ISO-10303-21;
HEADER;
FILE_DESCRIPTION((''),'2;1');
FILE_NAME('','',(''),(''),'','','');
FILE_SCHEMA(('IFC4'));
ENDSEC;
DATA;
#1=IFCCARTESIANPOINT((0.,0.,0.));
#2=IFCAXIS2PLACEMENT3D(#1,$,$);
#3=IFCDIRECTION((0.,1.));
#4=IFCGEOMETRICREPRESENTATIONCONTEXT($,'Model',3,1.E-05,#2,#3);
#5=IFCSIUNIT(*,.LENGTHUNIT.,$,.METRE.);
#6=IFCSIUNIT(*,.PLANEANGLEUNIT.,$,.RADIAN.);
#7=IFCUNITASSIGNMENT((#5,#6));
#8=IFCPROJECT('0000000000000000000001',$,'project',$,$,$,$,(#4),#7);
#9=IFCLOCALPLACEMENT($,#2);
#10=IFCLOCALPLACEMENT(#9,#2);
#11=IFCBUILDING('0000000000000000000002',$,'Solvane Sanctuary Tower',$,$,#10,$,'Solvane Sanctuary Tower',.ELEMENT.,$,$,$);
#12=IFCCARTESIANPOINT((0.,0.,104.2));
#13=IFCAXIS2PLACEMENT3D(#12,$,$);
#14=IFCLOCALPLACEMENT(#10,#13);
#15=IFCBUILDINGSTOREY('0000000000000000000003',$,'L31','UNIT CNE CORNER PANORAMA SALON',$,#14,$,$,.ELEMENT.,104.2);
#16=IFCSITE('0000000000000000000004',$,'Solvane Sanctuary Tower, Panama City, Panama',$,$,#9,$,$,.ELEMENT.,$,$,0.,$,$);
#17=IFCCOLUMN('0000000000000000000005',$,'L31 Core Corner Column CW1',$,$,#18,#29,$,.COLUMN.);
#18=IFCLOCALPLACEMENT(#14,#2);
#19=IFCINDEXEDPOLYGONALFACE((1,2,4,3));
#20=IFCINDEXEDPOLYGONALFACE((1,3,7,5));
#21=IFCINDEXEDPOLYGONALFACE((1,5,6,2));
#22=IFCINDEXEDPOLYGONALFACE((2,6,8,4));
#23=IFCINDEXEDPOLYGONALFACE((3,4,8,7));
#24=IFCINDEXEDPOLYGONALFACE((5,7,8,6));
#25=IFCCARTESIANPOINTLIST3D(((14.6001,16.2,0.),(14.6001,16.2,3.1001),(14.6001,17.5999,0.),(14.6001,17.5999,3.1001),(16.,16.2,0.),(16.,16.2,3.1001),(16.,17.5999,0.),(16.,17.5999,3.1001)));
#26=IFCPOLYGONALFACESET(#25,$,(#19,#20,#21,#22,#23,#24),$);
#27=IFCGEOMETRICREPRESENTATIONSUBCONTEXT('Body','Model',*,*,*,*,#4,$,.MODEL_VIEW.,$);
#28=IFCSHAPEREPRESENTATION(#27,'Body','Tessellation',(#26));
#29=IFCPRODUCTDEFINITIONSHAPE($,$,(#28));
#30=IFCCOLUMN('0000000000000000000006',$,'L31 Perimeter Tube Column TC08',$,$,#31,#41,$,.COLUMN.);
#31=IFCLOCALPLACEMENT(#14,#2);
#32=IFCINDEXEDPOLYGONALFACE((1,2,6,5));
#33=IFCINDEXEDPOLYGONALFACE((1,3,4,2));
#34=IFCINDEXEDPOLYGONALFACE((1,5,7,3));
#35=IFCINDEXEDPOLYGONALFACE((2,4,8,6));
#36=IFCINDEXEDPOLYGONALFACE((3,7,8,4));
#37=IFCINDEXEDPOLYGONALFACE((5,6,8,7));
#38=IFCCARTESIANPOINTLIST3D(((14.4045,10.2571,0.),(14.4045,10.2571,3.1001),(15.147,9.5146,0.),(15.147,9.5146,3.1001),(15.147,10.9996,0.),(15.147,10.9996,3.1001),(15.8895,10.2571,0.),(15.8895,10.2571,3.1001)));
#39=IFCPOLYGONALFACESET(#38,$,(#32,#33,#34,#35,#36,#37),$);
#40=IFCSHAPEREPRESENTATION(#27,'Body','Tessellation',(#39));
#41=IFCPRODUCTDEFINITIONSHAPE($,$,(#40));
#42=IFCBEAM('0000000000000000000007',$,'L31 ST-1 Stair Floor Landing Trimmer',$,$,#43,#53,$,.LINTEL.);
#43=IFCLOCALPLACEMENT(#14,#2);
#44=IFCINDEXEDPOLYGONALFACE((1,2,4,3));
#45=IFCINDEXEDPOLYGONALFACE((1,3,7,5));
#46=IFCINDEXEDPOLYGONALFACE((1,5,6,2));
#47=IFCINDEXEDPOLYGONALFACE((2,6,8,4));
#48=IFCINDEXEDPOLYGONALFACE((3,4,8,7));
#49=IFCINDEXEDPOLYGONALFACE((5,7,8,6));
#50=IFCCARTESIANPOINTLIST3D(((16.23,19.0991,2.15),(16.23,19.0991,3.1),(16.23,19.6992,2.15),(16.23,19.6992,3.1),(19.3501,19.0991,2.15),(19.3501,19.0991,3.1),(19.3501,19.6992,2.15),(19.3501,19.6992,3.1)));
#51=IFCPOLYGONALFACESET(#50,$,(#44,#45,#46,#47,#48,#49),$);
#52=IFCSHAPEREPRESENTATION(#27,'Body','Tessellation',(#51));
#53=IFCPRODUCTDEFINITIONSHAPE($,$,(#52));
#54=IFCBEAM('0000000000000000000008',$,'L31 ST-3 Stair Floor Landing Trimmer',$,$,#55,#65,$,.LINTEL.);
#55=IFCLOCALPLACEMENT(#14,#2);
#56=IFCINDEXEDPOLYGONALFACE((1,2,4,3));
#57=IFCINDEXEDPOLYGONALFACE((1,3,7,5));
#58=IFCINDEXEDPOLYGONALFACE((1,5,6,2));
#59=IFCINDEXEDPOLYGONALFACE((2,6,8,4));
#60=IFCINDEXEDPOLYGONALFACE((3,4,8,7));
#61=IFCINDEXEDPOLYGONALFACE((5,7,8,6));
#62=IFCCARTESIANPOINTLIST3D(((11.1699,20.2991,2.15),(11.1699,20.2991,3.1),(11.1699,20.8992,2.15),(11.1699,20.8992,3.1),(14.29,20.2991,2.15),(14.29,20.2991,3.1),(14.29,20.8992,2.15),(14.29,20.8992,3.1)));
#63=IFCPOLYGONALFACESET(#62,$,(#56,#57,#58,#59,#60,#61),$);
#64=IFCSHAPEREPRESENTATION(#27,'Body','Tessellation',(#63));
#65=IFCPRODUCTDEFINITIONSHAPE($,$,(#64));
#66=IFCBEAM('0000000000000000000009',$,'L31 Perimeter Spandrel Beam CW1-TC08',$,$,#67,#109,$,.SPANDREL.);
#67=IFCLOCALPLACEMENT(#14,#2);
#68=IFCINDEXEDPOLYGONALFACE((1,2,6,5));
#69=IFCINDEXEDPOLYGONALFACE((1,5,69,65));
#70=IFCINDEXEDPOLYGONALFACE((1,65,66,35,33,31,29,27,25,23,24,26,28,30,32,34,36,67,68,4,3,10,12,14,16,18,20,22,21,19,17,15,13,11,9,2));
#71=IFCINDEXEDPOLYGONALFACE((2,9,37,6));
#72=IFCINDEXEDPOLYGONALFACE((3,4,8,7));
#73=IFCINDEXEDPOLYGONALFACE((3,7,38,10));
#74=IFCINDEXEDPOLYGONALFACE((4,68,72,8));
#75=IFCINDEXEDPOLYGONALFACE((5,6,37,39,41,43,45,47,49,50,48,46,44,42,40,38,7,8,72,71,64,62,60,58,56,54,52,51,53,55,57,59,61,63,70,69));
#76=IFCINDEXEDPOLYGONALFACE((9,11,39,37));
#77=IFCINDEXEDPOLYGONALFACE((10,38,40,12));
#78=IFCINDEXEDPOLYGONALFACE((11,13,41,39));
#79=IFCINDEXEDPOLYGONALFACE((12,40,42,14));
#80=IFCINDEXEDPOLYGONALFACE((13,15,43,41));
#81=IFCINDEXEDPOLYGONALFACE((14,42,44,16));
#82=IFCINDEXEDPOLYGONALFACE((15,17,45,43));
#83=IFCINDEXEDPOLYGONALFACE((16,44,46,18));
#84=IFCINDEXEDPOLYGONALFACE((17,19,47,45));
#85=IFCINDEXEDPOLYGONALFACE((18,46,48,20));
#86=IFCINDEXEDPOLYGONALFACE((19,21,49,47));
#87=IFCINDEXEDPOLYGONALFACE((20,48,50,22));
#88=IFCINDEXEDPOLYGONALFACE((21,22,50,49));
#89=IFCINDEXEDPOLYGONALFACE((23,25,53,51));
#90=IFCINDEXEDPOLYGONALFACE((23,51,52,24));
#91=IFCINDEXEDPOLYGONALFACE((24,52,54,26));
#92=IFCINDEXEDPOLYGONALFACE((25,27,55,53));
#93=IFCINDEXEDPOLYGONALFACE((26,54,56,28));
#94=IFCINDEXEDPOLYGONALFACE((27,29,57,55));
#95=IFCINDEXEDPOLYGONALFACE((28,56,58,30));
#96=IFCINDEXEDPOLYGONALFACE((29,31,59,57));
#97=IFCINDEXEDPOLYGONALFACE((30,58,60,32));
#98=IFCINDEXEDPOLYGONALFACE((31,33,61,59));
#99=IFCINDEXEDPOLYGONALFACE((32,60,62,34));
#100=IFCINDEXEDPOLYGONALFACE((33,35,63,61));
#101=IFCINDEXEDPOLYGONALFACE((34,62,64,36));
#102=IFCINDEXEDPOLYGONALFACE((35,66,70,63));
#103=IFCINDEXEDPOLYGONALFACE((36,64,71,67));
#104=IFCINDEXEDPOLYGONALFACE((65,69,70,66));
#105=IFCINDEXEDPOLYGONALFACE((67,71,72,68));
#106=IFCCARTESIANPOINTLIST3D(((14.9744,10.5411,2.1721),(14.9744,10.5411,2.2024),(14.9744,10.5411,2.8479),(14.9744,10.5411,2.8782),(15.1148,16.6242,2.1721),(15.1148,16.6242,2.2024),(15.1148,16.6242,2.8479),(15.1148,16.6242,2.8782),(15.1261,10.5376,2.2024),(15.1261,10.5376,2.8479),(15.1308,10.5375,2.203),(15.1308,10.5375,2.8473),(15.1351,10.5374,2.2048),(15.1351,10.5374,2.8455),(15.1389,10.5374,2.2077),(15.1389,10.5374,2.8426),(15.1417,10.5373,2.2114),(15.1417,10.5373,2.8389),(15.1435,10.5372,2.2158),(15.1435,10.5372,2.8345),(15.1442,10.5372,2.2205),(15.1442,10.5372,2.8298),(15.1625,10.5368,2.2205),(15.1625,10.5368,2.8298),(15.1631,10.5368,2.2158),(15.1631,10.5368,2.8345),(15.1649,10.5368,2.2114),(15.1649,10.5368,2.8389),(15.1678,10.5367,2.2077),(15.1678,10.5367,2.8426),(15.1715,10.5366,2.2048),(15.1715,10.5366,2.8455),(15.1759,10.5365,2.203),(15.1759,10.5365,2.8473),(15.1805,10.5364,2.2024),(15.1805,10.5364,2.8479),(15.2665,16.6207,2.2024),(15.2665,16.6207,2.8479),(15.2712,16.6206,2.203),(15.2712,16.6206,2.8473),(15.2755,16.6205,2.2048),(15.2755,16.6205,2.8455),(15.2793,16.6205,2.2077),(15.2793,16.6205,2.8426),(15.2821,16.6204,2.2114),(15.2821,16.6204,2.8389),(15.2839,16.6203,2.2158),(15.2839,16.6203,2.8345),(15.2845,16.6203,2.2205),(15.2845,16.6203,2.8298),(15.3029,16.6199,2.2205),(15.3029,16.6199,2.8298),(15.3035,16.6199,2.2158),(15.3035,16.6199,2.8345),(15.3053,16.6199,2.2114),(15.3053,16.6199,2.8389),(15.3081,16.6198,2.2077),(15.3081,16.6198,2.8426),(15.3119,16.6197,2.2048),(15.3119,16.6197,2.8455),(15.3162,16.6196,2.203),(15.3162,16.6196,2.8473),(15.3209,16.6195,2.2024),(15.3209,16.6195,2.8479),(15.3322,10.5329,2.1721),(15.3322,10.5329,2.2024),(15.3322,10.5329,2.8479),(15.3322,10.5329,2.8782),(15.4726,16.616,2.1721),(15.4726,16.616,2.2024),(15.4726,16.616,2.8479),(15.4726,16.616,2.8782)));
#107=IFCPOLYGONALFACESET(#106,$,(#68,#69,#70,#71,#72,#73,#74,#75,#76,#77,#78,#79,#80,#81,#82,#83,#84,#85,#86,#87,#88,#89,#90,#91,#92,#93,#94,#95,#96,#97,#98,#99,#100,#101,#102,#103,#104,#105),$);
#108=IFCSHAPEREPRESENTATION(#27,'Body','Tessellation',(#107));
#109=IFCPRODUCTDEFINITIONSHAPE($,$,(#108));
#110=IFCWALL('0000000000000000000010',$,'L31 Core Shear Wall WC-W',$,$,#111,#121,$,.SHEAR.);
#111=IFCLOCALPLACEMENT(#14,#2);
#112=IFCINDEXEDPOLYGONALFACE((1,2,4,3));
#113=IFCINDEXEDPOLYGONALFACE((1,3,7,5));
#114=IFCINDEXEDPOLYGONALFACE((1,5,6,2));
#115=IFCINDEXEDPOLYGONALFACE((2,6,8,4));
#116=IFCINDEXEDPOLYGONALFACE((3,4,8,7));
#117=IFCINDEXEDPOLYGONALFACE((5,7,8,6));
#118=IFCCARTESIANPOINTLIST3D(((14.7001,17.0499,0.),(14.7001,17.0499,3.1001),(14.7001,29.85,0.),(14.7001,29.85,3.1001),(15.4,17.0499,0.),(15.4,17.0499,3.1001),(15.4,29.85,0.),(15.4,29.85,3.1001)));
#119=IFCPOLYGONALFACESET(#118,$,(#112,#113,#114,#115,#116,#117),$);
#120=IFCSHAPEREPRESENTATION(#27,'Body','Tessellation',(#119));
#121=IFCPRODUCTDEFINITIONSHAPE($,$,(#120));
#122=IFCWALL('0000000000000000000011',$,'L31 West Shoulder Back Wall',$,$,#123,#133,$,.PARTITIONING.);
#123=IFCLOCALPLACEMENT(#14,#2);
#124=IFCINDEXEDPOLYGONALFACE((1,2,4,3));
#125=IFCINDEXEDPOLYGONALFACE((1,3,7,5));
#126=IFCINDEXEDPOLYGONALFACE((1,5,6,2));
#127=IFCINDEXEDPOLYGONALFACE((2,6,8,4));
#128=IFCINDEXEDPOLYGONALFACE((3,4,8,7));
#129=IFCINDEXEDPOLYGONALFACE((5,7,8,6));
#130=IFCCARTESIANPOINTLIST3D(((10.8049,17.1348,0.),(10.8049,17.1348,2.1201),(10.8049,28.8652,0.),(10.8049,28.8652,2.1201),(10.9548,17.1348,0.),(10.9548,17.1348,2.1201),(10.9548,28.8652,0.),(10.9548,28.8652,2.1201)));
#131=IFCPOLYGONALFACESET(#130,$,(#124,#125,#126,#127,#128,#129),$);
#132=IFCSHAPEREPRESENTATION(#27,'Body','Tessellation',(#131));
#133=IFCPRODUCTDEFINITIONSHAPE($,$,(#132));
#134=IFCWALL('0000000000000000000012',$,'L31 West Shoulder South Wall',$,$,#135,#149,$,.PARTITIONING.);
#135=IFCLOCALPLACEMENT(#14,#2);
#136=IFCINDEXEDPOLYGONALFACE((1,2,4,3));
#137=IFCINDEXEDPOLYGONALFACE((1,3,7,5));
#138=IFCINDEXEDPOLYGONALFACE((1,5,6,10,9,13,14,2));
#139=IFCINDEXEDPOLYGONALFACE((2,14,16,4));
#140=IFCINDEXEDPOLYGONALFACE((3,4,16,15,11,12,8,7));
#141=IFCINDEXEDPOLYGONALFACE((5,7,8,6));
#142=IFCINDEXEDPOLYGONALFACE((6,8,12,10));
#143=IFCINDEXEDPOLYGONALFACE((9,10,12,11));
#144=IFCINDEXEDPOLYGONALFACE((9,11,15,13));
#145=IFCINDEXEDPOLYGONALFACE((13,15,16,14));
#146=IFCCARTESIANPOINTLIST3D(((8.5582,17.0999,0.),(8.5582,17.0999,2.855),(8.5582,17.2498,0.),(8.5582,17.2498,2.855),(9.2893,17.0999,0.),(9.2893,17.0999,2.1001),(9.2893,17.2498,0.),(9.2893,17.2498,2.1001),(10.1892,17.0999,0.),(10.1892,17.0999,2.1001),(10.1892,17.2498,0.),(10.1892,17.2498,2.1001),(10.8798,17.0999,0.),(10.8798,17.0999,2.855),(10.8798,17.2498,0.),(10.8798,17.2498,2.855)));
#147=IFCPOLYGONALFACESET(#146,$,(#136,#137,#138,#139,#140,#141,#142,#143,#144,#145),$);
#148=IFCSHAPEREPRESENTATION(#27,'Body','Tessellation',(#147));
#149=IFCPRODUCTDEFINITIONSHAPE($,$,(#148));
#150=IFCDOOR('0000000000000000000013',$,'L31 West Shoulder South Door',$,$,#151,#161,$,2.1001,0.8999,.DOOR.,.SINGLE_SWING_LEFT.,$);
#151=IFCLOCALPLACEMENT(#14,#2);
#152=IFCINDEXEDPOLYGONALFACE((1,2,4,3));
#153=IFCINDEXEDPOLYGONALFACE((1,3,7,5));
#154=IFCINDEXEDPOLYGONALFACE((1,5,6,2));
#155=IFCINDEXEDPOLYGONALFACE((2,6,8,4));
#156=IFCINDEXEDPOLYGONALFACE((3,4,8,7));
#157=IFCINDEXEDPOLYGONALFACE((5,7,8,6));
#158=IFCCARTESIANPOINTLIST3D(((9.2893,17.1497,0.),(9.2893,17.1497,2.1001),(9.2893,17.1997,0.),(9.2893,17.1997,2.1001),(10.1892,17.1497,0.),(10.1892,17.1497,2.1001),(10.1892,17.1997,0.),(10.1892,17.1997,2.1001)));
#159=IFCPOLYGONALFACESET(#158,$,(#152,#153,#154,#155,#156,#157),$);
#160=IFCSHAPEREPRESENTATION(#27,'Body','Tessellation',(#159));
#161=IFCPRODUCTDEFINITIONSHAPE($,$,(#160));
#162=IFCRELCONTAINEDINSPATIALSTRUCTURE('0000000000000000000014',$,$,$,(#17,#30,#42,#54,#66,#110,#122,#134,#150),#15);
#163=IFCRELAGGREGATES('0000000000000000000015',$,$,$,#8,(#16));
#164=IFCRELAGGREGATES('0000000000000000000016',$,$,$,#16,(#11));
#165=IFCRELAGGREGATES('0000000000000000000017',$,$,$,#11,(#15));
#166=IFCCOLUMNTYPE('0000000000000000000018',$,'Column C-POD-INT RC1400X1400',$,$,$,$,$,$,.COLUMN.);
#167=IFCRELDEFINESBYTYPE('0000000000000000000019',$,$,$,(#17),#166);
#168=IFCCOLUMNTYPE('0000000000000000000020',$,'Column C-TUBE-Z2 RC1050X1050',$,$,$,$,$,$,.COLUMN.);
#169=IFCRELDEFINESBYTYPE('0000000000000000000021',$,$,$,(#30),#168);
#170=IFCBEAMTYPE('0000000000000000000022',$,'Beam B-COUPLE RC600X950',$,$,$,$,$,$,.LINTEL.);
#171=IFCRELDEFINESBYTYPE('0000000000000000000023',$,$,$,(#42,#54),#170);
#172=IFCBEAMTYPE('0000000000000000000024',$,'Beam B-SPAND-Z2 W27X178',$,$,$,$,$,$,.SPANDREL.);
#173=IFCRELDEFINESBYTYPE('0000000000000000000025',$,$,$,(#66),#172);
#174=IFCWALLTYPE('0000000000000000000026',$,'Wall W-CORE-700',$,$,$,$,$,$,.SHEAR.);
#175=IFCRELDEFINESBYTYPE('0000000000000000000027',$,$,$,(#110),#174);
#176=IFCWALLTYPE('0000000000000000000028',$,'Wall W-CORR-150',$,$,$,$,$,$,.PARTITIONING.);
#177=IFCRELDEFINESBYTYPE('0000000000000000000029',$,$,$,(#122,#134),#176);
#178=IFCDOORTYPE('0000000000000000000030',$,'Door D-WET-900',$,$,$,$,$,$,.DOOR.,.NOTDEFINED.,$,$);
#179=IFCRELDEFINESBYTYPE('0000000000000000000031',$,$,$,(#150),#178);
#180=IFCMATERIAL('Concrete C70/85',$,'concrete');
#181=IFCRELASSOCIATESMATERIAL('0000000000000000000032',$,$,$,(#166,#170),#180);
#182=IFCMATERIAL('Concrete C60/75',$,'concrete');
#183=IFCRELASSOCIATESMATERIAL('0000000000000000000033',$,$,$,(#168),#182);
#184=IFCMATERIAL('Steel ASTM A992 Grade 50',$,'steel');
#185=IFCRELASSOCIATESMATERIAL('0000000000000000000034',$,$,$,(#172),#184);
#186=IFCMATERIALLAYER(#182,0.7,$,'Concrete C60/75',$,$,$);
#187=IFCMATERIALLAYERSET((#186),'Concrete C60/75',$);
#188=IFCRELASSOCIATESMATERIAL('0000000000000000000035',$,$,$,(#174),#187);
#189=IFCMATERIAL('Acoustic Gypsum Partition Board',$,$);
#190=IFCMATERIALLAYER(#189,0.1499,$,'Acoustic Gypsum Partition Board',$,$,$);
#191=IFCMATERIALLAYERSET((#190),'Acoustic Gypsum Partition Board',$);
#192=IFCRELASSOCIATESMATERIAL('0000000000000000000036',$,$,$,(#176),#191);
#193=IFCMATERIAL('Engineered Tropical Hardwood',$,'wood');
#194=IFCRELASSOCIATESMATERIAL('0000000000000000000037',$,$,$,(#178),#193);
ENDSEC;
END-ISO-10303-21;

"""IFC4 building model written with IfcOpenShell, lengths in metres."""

from ifc_helpers import new_model, si_unit, direction, frame, frame_2d, origin, origin_2d, place, context, subcontext, project, spatial, rectangle, i_section, extrude, material, layer, layer_set, material_profile, profile_set, type_object, element, fill, save


model = new_model("IFC4")

# Units and contexts
model_context = context("Model", 3, precision=1e-05, world=origin(), true_north=direction((0.0, 1.0)))
body_context = subcontext(model_context, "Body", "Model", "MODEL_VIEW")
ifc_project = project(units=[si_unit("LENGTHUNIT", "METRE"), si_unit("PLANEANGLEUNIT", "RADIAN")], contexts=[model_context])

# Site, building, storey
site_placement = place(None, origin())
site = spatial("IfcSite", under=ifc_project, at=site_placement, Name="Solvane Sanctuary Tower, Panama City, Panama", CompositionType="ELEMENT", RefElevation=0.0)
building_placement = place(site_placement, origin())
building = spatial("IfcBuilding", under=site, at=building_placement, Name="Solvane Sanctuary Tower", LongName="Solvane Sanctuary Tower", CompositionType="ELEMENT")
storey_placement = place(building_placement, frame((0.0, 0.0, 104.2)))
storey = spatial("IfcBuildingStorey", under=building, at=storey_placement, Name="L31", Description="UNIT CNE CORNER PANORAMA SALON", CompositionType="ELEMENT", Elevation=104.2)

# Columns
ifc_material_1 = material(Name="Concrete C70/85", Category="concrete")
ifc_material_profile_1 = material_profile(ifc_material_1, rectangle(XDim=1.3999, YDim=1.3999, at=origin_2d()), Name="RC1400X1400")
ifc_profile_set_1 = profile_set([ifc_material_profile_1], Name="Concrete C70/85")
column_type_1 = type_object("IfcColumnType", Name="Column C-POD-INT RC1400X1400", PredefinedType="COLUMN", material=ifc_profile_set_1)
column_1_placement = place(storey_placement, frame((15.3, 16.8999, 0.0), z_axis=(0.0, 0.0, 1.0), x_axis=(1.0, 0.0, 0.0)))
element("IfcColumn", 1, at=column_1_placement, inside=storey, type_object=column_type_1, Name="L31 Core Corner Column CW1", PredefinedType="COLUMN", context=body_context, shape_type="SweptSolid", body=[
    extrude(rectangle(XDim=1.3999, YDim=1.3999, at=origin_2d()), origin(), (0.0, 0.0, 1.0), 3.1001),
])
ifc_material_2 = material(Name="Concrete C60/75", Category="concrete")
ifc_material_profile_2 = material_profile(ifc_material_2, rectangle(XDim=1.05, YDim=1.05, at=origin_2d()), Name="RC1050X1050")
ifc_profile_set_2 = profile_set([ifc_material_profile_2], Name="Concrete C60/75")
column_type_2 = type_object("IfcColumnType", Name="Column C-TUBE-Z2 RC1050X1050", PredefinedType="COLUMN", material=ifc_profile_set_2)
column_2_placement = place(storey_placement, frame((15.147, 10.2571, 0.0), z_axis=(0.0, 0.0, 1.0), x_axis=(-0.707107, -0.707107, 0.0)))
element("IfcColumn", 2, at=column_2_placement, inside=storey, type_object=column_type_2, Name="L31 Perimeter Tube Column TC08", PredefinedType="COLUMN", context=body_context, shape_type="SweptSolid", body=[
    extrude(rectangle(XDim=1.05, YDim=1.05, at=origin_2d()), origin(), (0.0, 0.0, 1.0), 3.1001),
])

# Beams
ifc_material_profile_3 = material_profile(ifc_material_1, rectangle(XDim=0.6001, YDim=0.95, at=origin_2d()), Name="RC600X950")
ifc_profile_set_3 = profile_set([ifc_material_profile_3], Name="Concrete C70/85")
beam_type_1 = type_object("IfcBeamType", Name="Beam B-COUPLE RC600X950", PredefinedType="LINTEL", material=ifc_profile_set_3)
for number, where, z_axis, x_axis, name in (
    (3, (16.23, 19.3992, 2.625), (1.0, 0.0, 0.0), (0.0, 1.0, 0.0), "L31 ST-1 Stair Floor Landing Trimmer"),
    (4, (11.1699, 20.5991, 2.625), (1.0, 0.0, 0.0), (0.0, 1.0, 0.0), "L31 ST-3 Stair Floor Landing Trimmer"),
):
    element("IfcBeam", number, at=place(storey_placement, frame(where, z_axis=z_axis, x_axis=x_axis)), inside=storey, type_object=beam_type_1, Name=name, PredefinedType="LINTEL", context=body_context, shape_type="SweptSolid", body=[
        extrude(rectangle(XDim=0.6001, YDim=0.95, at=origin_2d()), origin(), (0.0, 0.0, 1.0), 3.1201),
    ])
ifc_material_3 = material(Name="Steel ASTM A992 Grade 50", Category="steel")
ifc_material_profile_4 = material_profile(ifc_material_3, i_section(OverallWidth=0.3579, OverallDepth=0.7061, WebThickness=0.0183, FlangeThickness=0.0303, FilletRadius=0.0181, at=origin_2d()), Name="W27X178")
ifc_profile_set_4 = profile_set([ifc_material_profile_4], Name="Steel ASTM A992 Grade 50")
beam_type_2 = type_object("IfcBeamType", Name="Beam B-SPAND-Z2 W27X178", PredefinedType="SPANDREL", material=ifc_profile_set_4)
beam_placement = place(storey_placement, frame((15.2937, 16.6201, 2.5251), z_axis=(-0.023071, -0.999734, 0.0), x_axis=(0.999734, -0.023071, 0.0)))
element("IfcBeam", 5, at=beam_placement, inside=storey, type_object=beam_type_2, Name="L31 Perimeter Spandrel Beam CW1-TC08", PredefinedType="SPANDREL", context=body_context, shape_type="SweptSolid", body=[
    extrude(i_section(OverallWidth=0.3579, OverallDepth=0.7061, WebThickness=0.0183, FlangeThickness=0.0303, FilletRadius=0.0181, at=origin_2d()), origin(), (0.0, 0.0, 1.0), 6.0847),
])

# Walls
ifc_layer_1 = layer(ifc_material_2, 0.7, Name="Concrete C60/75")
ifc_layer_set_1 = layer_set([ifc_layer_1], Name="Concrete C60/75")
wall_type_1 = type_object("IfcWallType", Name="Wall W-CORE-700", PredefinedType="SHEAR", material=ifc_layer_set_1)
wall_1_placement = place(storey_placement, frame((15.05, 17.05, 0.0), z_axis=(0.0, 0.0, 1.0), x_axis=(0.0, 1.0, 0.0)))
element("IfcWall", 6, at=wall_1_placement, inside=storey, type_object=wall_type_1, Name="L31 Core Shear Wall WC-W", PredefinedType="SHEAR", context=body_context, shape_type="SweptSolid", body=[
    extrude(rectangle(XDim=12.8, YDim=0.7, at=frame_2d((6.3999, 0.0))), origin(), (0.0, 0.0, 1.0), 3.1001),
])
ifc_material_4 = material(Name="Acoustic Gypsum Partition Board")
ifc_layer_2 = layer(ifc_material_4, 0.1499, Name="Acoustic Gypsum Partition Board")
ifc_layer_set_2 = layer_set([ifc_layer_2], Name="Acoustic Gypsum Partition Board")
wall_type_2 = type_object("IfcWallType", Name="Wall W-CORR-150", PredefinedType="PARTITIONING", material=ifc_layer_set_2)
wall_2_placement = place(storey_placement, frame((10.8799, 17.1348, 0.0), z_axis=(0.0, 0.0, 1.0), x_axis=(0.0, 1.0, 0.0)))
element("IfcWall", 7, at=wall_2_placement, inside=storey, type_object=wall_type_2, Name="L31 West Shoulder Back Wall", PredefinedType="PARTITIONING", context=body_context, shape_type="SweptSolid", body=[
    extrude(rectangle(XDim=11.7305, YDim=0.1499, at=frame_2d((5.8652, 0.0))), origin(), (0.0, 0.0, 1.0), 2.1201),
])

# Wall, opening, door
wall_3_placement = place(storey_placement, frame((8.5583, 17.1748, 0.0), z_axis=(0.0, 0.0, 1.0), x_axis=(1.0, 0.0, 0.0)))
wall_3 = element("IfcWall", 8, at=wall_3_placement, inside=storey, type_object=wall_type_2, Name="L31 West Shoulder South Wall", PredefinedType="PARTITIONING", context=body_context, shape_type="SweptSolid", body=[
    extrude(rectangle(XDim=2.3215, YDim=0.1499, at=frame_2d((1.1606, 0.0))), origin(), (0.0, 0.0, 1.0), 2.855),
])
opening_1_placement = place(wall_3_placement, frame((0.731, 0.0, 0.0)))
opening_1 = element("IfcOpeningElement", 9, at=opening_1_placement, cuts=wall_3, PredefinedType="OPENING", context=body_context, shape_type="SweptSolid", body=[
    extrude(rectangle(XDim=0.8999, YDim=2.1001, at=frame_2d((0.45, 1.05))), frame((0.0, 0.085, 0.0), z_axis=(0.0, -1.0, 0.0), x_axis=(1.0, 0.0, 0.0)), (0.0, 0.0, 1.0), 0.1699),
])
ifc_material_5 = material(Name="Engineered Tropical Hardwood", Category="wood")
door_type_1 = type_object("IfcDoorType", Name="Door D-WET-900", OperationType="NOTDEFINED", PredefinedType="DOOR", material=ifc_material_5)
door_1_placement = place(opening_1_placement, origin())
door_1 = element("IfcDoor", 10, at=door_1_placement, inside=storey, type_object=door_type_1, Name="L31 West Shoulder South Door", OperationType="SINGLE_SWING_LEFT", OverallHeight=2.1001, OverallWidth=0.8999, PredefinedType="DOOR", context=body_context, shape_type="SweptSolid", body=[
    extrude(rectangle(XDim=0.8999, YDim=2.1001, at=frame_2d((0.45, 1.05))), frame((0.0, 0.0249, 0.0), z_axis=(0.0, -1.0, 0.0), x_axis=(1.0, 0.0, 0.0)), (0.0, 0.0, 1.0), 0.05),
])
fill(opening_1, door_1)

save(model, "model.ifc")
